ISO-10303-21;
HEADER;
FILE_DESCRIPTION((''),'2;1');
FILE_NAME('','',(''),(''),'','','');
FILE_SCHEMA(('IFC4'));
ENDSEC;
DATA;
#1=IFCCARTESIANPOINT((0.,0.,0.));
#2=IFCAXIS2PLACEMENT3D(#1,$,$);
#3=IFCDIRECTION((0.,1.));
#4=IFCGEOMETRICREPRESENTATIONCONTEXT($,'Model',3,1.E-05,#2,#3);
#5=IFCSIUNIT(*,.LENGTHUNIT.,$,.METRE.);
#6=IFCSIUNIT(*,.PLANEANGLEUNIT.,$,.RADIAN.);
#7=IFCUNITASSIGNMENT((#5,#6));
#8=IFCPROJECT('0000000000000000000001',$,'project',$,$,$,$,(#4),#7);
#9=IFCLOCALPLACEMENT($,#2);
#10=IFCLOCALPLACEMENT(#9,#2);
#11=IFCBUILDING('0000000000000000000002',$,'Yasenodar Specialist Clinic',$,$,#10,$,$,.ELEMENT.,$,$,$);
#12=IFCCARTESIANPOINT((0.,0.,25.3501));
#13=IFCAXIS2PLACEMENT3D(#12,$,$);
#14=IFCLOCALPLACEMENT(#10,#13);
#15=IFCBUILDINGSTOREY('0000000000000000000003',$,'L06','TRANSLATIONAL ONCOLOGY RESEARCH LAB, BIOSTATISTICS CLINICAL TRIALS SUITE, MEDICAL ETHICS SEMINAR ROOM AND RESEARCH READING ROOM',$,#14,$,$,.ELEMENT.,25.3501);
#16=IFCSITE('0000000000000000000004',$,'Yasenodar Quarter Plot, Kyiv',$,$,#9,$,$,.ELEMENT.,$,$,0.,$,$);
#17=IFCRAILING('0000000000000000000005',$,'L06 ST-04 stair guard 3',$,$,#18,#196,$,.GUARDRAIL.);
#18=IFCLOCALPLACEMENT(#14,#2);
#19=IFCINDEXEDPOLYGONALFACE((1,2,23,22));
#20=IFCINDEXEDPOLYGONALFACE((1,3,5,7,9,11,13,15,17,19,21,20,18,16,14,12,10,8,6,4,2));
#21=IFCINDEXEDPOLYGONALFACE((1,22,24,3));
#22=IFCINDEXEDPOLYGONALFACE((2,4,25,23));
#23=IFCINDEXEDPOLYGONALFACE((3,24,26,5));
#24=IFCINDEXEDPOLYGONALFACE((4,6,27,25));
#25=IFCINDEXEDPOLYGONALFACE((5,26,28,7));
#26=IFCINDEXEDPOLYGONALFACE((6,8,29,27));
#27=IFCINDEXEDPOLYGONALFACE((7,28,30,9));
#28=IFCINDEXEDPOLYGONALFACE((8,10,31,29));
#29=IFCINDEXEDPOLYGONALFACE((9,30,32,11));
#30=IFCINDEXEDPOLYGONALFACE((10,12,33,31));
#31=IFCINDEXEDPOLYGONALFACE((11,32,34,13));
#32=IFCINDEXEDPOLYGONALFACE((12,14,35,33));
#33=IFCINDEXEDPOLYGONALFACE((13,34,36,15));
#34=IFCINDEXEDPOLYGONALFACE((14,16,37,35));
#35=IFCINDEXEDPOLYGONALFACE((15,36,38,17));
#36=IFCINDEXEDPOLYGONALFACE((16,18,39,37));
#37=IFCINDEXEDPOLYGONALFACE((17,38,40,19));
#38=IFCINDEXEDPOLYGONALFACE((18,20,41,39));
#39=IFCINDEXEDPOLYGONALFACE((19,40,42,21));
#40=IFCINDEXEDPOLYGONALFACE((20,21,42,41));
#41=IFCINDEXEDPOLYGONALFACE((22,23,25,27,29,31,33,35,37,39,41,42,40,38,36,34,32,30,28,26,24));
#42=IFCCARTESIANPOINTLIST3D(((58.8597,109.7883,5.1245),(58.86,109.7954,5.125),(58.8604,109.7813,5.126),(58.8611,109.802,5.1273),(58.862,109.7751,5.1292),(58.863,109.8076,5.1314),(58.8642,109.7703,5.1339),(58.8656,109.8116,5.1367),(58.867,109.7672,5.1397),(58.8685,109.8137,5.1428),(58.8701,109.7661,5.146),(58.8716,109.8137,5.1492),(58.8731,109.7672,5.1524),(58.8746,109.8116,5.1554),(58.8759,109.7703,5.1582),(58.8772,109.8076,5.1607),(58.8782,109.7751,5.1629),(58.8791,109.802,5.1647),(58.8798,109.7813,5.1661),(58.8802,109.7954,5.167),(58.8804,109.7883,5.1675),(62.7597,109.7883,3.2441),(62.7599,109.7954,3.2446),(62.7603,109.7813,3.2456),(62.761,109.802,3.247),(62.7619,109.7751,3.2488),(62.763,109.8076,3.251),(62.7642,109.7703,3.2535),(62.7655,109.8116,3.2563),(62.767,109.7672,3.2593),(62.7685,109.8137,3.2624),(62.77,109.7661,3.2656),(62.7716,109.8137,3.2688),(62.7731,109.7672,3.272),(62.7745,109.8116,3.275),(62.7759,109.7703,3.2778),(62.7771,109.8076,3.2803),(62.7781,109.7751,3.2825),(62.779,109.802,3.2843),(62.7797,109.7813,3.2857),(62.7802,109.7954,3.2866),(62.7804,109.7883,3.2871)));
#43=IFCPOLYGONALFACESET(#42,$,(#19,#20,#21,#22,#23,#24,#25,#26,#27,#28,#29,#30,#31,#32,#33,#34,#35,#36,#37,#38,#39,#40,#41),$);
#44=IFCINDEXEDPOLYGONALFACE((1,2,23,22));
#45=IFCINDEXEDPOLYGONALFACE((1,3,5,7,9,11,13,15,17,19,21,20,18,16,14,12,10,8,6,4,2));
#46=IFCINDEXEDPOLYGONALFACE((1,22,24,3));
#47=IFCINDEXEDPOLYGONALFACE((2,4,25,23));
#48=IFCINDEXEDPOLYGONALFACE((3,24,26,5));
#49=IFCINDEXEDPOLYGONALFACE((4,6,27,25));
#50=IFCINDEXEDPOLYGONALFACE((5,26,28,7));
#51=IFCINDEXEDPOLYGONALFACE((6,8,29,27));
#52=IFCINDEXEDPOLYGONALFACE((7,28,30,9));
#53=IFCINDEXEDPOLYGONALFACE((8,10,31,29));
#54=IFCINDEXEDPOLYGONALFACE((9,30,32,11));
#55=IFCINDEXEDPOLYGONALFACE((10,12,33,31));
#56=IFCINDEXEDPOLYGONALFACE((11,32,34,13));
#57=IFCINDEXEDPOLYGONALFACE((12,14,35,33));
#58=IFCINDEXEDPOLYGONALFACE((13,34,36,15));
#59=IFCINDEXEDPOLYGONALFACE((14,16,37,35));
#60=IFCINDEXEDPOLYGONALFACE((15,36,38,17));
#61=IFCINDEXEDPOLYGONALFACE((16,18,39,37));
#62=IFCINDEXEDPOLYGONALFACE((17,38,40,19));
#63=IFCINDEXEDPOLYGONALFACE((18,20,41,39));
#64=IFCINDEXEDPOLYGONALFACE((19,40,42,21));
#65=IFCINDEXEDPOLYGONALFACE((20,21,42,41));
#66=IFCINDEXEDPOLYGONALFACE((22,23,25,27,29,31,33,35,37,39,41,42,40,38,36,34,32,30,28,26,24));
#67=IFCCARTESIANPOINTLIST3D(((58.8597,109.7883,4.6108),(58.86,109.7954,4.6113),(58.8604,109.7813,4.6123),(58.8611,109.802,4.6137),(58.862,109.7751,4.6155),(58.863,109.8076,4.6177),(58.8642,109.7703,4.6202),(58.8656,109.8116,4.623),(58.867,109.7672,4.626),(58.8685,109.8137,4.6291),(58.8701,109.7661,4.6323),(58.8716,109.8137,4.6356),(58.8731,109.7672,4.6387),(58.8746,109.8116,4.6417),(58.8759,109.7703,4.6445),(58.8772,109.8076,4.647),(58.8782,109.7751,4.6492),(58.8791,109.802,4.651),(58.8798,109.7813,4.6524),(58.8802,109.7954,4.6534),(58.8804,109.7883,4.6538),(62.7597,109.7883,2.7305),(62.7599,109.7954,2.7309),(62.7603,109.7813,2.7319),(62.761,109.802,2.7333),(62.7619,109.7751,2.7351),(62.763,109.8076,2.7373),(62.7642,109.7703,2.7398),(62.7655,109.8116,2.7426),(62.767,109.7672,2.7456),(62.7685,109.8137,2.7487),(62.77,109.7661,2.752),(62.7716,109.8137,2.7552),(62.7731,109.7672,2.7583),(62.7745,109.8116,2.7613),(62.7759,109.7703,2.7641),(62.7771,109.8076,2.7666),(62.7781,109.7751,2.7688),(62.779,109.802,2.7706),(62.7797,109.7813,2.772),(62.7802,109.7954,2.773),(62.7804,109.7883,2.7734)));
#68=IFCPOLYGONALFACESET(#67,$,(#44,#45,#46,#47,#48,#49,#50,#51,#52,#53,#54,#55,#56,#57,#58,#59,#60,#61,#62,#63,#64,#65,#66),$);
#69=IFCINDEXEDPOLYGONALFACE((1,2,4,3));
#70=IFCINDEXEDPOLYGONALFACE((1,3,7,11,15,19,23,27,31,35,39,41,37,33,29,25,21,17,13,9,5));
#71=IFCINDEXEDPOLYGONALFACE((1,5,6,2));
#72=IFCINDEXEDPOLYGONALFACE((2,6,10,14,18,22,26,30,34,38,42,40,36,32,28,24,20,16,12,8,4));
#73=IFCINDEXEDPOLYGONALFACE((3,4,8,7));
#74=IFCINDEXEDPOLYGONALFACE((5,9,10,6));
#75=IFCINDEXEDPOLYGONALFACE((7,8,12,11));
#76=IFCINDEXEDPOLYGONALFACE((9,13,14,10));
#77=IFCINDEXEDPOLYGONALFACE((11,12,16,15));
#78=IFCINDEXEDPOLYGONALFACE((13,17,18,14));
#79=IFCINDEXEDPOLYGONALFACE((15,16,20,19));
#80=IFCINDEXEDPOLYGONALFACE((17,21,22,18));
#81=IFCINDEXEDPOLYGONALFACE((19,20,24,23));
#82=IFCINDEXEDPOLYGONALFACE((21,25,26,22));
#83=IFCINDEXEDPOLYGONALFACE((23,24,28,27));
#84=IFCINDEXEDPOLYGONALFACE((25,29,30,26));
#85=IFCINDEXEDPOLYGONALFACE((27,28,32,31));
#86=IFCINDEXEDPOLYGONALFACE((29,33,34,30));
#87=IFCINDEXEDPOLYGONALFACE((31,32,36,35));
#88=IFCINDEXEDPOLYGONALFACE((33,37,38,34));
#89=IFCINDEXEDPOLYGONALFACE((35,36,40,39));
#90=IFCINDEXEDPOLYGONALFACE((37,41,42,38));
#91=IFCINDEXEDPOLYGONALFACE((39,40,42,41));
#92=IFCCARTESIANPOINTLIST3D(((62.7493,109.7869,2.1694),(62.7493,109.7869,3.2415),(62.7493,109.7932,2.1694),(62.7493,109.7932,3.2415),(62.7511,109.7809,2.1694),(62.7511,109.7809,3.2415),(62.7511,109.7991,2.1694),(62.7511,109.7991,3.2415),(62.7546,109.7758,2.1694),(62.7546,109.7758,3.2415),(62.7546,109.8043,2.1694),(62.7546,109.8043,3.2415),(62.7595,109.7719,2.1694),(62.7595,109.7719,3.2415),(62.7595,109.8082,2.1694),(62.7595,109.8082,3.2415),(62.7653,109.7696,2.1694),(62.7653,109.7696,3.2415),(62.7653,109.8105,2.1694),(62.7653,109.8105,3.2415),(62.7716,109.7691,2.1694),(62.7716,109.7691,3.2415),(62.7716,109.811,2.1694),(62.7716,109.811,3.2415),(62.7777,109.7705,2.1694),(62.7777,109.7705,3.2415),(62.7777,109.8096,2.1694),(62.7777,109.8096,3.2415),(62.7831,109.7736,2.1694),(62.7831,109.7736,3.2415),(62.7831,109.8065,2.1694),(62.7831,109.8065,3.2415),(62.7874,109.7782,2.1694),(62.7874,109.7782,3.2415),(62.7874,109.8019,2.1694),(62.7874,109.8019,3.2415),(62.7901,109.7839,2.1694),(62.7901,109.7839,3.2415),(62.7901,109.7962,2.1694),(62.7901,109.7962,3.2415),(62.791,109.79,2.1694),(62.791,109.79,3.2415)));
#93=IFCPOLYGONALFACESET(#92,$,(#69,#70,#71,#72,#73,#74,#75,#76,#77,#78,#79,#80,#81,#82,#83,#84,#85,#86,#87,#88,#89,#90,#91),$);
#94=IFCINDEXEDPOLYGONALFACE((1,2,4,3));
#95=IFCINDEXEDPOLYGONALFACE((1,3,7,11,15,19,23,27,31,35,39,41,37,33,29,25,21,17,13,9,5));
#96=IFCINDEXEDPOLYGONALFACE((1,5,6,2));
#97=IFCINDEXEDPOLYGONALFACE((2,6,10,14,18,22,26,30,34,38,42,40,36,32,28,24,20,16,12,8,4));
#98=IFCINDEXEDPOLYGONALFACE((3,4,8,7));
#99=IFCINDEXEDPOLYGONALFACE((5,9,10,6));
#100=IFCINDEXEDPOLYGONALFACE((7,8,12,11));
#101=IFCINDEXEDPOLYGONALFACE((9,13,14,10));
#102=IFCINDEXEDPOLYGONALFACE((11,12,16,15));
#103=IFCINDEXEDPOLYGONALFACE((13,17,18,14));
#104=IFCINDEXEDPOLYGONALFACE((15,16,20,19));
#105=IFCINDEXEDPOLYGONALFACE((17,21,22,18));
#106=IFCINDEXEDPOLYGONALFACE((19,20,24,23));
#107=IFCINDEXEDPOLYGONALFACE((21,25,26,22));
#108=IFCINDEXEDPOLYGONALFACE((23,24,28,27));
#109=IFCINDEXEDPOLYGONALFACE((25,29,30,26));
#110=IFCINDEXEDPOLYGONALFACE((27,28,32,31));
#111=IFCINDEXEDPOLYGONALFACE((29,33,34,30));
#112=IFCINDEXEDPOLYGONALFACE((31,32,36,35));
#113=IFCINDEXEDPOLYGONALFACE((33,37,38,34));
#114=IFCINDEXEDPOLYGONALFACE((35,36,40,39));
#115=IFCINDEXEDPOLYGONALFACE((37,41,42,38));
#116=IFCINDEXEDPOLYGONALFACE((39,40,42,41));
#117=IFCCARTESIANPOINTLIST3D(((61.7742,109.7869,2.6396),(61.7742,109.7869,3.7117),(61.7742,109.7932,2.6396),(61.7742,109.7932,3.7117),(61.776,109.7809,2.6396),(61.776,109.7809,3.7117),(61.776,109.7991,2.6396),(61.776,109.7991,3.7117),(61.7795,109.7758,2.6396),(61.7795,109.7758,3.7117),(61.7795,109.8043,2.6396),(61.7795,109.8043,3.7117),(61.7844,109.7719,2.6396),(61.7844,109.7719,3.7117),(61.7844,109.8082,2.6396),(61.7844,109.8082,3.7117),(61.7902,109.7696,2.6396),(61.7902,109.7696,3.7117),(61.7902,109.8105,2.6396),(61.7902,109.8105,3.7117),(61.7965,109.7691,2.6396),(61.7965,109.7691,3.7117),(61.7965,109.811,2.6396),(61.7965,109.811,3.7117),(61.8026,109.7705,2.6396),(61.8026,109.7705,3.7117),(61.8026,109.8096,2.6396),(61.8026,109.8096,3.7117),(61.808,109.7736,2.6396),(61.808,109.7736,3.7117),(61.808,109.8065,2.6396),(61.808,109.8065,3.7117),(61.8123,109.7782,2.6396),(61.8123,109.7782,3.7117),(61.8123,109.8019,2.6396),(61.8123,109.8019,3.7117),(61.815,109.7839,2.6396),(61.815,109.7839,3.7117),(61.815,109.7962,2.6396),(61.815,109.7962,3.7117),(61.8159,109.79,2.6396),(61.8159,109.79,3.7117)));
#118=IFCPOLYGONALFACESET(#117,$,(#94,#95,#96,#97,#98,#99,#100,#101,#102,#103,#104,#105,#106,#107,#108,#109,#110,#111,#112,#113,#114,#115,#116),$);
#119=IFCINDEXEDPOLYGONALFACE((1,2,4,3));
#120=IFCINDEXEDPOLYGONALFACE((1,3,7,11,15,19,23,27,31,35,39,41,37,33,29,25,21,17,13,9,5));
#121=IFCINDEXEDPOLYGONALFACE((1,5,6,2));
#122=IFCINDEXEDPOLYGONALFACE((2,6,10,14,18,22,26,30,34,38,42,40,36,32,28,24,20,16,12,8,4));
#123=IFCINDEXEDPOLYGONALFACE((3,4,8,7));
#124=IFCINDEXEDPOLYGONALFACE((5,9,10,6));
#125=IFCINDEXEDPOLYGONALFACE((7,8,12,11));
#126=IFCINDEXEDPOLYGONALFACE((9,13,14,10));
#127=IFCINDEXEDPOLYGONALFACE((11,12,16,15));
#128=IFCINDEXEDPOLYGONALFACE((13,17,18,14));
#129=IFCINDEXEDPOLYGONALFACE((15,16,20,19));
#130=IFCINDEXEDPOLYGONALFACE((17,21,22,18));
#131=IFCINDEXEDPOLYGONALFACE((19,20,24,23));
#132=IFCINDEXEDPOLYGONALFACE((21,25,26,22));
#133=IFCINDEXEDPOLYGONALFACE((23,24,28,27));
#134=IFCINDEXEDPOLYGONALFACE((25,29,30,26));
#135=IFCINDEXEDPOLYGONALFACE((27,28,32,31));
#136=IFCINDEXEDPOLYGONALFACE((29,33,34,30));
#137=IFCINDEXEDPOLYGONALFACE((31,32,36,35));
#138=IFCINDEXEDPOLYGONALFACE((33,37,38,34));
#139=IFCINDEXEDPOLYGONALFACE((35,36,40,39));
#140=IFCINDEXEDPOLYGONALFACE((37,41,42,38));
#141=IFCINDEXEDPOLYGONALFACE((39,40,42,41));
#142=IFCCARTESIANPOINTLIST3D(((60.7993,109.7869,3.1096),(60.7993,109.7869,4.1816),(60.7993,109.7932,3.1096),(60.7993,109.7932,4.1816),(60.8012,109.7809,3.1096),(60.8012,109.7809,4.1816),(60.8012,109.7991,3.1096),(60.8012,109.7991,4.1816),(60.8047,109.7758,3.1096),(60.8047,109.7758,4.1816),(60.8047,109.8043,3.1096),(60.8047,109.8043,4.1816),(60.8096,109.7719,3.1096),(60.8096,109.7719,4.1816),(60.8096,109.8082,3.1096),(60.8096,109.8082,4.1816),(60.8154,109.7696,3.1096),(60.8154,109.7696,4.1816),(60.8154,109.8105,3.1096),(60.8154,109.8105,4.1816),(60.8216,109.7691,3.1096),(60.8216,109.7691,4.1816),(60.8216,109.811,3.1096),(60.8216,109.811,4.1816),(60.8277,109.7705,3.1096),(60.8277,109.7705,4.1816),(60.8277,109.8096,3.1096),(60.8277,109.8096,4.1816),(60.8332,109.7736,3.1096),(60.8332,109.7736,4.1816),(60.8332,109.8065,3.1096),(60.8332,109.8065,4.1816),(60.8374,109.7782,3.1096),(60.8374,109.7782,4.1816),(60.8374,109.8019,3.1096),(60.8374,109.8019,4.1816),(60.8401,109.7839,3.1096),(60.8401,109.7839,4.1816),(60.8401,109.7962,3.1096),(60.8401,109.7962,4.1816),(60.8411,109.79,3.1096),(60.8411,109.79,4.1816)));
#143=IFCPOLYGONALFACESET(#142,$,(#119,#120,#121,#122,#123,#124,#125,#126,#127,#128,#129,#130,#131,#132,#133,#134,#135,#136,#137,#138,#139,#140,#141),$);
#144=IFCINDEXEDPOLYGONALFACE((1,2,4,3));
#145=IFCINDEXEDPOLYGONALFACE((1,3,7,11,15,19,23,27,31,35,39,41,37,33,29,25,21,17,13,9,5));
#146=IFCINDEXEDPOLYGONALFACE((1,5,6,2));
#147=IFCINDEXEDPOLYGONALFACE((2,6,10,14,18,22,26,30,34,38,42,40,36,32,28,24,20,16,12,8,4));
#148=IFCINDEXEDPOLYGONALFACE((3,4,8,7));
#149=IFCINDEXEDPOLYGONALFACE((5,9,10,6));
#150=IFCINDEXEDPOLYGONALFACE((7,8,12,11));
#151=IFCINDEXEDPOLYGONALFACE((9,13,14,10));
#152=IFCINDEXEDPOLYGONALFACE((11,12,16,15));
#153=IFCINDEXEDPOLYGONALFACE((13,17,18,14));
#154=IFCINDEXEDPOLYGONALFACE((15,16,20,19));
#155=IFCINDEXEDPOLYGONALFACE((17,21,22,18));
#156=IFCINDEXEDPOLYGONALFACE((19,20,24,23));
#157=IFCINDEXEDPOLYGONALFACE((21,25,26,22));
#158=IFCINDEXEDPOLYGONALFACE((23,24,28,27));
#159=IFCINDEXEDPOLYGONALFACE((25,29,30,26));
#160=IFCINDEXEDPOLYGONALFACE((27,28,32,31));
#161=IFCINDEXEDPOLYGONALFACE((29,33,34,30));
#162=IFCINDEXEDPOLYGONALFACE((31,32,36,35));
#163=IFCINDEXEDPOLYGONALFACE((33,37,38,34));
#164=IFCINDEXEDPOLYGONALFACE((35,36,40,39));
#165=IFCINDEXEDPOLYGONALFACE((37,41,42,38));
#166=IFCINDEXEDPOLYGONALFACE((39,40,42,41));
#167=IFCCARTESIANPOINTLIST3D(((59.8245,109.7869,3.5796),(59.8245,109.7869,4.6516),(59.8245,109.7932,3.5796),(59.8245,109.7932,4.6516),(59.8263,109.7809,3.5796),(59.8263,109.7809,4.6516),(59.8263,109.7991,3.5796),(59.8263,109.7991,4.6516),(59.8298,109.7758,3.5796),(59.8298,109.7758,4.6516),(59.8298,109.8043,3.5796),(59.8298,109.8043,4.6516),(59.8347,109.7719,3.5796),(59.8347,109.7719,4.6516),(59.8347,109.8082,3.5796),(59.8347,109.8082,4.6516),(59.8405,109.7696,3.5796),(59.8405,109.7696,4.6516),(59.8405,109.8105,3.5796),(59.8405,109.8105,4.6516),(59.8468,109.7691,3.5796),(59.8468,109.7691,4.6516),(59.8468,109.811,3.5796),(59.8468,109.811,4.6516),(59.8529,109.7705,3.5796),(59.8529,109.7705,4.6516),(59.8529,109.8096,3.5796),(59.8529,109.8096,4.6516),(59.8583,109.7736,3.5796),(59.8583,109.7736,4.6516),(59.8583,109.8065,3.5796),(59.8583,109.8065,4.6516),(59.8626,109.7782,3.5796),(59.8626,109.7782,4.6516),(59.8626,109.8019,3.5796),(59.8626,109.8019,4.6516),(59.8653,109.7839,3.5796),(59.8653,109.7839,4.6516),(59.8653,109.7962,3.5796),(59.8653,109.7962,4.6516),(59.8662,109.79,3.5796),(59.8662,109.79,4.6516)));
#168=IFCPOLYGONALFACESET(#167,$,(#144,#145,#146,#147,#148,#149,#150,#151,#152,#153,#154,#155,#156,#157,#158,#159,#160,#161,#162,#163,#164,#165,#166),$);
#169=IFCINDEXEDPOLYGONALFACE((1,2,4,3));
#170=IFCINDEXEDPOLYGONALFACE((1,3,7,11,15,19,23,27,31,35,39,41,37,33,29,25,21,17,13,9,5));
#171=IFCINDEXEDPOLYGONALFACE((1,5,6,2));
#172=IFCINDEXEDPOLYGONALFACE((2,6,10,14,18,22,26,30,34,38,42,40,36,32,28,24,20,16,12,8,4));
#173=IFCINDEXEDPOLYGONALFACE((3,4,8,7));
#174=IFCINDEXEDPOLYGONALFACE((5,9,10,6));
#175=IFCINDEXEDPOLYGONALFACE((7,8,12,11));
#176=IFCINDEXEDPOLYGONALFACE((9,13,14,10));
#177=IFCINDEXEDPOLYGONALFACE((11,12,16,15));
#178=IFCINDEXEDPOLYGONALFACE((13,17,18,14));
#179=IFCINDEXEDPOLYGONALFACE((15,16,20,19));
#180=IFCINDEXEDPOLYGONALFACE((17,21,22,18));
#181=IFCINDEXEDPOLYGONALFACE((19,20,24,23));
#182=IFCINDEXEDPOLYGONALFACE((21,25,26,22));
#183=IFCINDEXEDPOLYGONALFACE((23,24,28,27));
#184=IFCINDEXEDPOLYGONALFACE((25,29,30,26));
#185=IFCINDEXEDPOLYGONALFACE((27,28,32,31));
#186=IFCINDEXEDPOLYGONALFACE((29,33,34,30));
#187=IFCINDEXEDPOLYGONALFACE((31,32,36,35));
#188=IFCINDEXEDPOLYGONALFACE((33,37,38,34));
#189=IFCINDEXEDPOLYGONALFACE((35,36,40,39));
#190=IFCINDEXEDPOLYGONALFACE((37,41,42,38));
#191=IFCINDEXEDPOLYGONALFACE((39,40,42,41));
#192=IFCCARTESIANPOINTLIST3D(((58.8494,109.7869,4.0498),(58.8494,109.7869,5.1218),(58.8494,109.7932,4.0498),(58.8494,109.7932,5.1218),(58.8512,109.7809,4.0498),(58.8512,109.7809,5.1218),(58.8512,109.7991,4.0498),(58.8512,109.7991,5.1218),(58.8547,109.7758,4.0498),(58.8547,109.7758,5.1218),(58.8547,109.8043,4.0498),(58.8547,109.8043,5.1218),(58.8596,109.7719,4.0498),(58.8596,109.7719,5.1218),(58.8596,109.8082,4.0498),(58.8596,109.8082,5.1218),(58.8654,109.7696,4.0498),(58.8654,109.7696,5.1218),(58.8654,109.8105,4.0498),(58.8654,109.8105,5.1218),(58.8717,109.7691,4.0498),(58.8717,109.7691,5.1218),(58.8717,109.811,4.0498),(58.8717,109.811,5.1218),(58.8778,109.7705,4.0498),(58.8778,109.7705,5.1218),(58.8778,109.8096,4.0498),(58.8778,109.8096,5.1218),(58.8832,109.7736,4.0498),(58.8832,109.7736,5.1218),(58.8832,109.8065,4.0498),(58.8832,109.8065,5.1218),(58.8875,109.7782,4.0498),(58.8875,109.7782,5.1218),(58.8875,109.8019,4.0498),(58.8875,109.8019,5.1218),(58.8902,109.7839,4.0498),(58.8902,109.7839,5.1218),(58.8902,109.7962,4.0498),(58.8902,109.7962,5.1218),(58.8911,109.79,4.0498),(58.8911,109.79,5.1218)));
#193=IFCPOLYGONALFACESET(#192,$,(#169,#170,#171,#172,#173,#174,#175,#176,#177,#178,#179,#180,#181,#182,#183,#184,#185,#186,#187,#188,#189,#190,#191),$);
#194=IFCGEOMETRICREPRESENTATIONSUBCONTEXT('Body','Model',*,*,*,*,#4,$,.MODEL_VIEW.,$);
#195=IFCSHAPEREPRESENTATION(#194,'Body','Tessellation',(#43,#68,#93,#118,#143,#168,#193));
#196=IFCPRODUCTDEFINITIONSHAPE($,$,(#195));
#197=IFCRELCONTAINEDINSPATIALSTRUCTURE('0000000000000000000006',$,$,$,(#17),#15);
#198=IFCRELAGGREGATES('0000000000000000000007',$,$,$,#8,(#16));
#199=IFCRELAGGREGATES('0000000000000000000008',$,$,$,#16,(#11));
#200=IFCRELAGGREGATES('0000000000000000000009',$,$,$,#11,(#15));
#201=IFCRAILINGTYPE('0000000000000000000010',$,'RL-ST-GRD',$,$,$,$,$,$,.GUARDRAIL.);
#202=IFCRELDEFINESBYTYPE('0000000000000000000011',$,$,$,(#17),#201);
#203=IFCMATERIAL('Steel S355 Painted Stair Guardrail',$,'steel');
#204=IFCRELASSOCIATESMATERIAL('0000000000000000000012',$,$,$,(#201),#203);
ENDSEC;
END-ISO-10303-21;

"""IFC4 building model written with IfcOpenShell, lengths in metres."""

from ifc_helpers import new_model, si_unit, direction, frame, origin, origin_2d, place, context, subcontext, project, spatial, circle, extrude, material, type_object, element, save


model = new_model("IFC4")

# Units and contexts
model_context = context("Model", 3, precision=1e-05, world=origin(), true_north=direction((0.0, 1.0)))
body_context = subcontext(model_context, "Body", "Model", "MODEL_VIEW")
ifc_project = project(units=[si_unit("LENGTHUNIT", "METRE"), si_unit("PLANEANGLEUNIT", "RADIAN")], contexts=[model_context])

# Site, building, storey
site_placement = place(None, origin())
site = spatial("IfcSite", under=ifc_project, at=site_placement, Name="Yasenodar Quarter Plot, Kyiv", CompositionType="ELEMENT", RefElevation=0.0)
building_placement = place(site_placement, origin())
building = spatial("IfcBuilding", under=site, at=building_placement, Name="Yasenodar Specialist Clinic", CompositionType="ELEMENT")
storey_placement = place(building_placement, frame((0.0, 0.0, 25.3501)))
storey = spatial("IfcBuildingStorey", under=building, at=storey_placement, Name="L06", Description="TRANSLATIONAL ONCOLOGY RESEARCH LAB, BIOSTATISTICS CLINICAL TRIALS SUITE, MEDICAL ETHICS SEMINAR ROOM AND RESEARCH READING ROOM", CompositionType="ELEMENT", Elevation=25.3501)

# Railing
ifc_material_1 = material(Name="Steel S355 Painted Stair Guardrail", Category="steel")
railing_type_1 = type_object("IfcRailingType", Name="RL-ST-GRD", PredefinedType="GUARDRAIL", material=ifc_material_1)
railing_1_placement = place(storey_placement, frame((62.77, 109.79, 2.1694)))
element("IfcRailing", 1, at=railing_1_placement, inside=storey, type_object=railing_type_1, Name="L06 ST-04 stair guard 3", PredefinedType="GUARDRAIL", context=body_context, shape_type="SweptSolid", body=[
    extrude(circle(Radius=0.0239, at=origin_2d()), frame((0.0, 0.0, 1.0962), z_axis=(-0.900763, 0.0, 0.434311), x_axis=(0.0, -1.0, 0.0)), (0.0, 0.0, 1.0), 4.3296),
    extrude(circle(Radius=0.0239, at=origin_2d()), frame((0.0, 0.0, 0.5825), z_axis=(-0.900763, 0.0, 0.434311), x_axis=(0.0, -1.0, 0.0)), (0.0, 0.0, 1.0), 4.3296),
    extrude(circle(Radius=0.021, at=origin_2d()), origin(), (0.0, 0.0, 1.0), 1.072),
    extrude(circle(Radius=0.021, at=origin_2d()), frame((-0.9751, 0.0, 0.4702)), (0.0, 0.0, 1.0), 1.072),
    extrude(circle(Radius=0.021, at=origin_2d()), frame((-1.95, 0.0, 0.9402)), (0.0, 0.0, 1.0), 1.072),
    extrude(circle(Radius=0.021, at=origin_2d()), frame((-2.9248, 0.0, 1.4102)), (0.0, 0.0, 1.0), 1.072),
    extrude(circle(Radius=0.021, at=origin_2d()), frame((-3.8999, 0.0, 1.8804)), (0.0, 0.0, 1.0), 1.072),
])

save(model, "model.ifc")
